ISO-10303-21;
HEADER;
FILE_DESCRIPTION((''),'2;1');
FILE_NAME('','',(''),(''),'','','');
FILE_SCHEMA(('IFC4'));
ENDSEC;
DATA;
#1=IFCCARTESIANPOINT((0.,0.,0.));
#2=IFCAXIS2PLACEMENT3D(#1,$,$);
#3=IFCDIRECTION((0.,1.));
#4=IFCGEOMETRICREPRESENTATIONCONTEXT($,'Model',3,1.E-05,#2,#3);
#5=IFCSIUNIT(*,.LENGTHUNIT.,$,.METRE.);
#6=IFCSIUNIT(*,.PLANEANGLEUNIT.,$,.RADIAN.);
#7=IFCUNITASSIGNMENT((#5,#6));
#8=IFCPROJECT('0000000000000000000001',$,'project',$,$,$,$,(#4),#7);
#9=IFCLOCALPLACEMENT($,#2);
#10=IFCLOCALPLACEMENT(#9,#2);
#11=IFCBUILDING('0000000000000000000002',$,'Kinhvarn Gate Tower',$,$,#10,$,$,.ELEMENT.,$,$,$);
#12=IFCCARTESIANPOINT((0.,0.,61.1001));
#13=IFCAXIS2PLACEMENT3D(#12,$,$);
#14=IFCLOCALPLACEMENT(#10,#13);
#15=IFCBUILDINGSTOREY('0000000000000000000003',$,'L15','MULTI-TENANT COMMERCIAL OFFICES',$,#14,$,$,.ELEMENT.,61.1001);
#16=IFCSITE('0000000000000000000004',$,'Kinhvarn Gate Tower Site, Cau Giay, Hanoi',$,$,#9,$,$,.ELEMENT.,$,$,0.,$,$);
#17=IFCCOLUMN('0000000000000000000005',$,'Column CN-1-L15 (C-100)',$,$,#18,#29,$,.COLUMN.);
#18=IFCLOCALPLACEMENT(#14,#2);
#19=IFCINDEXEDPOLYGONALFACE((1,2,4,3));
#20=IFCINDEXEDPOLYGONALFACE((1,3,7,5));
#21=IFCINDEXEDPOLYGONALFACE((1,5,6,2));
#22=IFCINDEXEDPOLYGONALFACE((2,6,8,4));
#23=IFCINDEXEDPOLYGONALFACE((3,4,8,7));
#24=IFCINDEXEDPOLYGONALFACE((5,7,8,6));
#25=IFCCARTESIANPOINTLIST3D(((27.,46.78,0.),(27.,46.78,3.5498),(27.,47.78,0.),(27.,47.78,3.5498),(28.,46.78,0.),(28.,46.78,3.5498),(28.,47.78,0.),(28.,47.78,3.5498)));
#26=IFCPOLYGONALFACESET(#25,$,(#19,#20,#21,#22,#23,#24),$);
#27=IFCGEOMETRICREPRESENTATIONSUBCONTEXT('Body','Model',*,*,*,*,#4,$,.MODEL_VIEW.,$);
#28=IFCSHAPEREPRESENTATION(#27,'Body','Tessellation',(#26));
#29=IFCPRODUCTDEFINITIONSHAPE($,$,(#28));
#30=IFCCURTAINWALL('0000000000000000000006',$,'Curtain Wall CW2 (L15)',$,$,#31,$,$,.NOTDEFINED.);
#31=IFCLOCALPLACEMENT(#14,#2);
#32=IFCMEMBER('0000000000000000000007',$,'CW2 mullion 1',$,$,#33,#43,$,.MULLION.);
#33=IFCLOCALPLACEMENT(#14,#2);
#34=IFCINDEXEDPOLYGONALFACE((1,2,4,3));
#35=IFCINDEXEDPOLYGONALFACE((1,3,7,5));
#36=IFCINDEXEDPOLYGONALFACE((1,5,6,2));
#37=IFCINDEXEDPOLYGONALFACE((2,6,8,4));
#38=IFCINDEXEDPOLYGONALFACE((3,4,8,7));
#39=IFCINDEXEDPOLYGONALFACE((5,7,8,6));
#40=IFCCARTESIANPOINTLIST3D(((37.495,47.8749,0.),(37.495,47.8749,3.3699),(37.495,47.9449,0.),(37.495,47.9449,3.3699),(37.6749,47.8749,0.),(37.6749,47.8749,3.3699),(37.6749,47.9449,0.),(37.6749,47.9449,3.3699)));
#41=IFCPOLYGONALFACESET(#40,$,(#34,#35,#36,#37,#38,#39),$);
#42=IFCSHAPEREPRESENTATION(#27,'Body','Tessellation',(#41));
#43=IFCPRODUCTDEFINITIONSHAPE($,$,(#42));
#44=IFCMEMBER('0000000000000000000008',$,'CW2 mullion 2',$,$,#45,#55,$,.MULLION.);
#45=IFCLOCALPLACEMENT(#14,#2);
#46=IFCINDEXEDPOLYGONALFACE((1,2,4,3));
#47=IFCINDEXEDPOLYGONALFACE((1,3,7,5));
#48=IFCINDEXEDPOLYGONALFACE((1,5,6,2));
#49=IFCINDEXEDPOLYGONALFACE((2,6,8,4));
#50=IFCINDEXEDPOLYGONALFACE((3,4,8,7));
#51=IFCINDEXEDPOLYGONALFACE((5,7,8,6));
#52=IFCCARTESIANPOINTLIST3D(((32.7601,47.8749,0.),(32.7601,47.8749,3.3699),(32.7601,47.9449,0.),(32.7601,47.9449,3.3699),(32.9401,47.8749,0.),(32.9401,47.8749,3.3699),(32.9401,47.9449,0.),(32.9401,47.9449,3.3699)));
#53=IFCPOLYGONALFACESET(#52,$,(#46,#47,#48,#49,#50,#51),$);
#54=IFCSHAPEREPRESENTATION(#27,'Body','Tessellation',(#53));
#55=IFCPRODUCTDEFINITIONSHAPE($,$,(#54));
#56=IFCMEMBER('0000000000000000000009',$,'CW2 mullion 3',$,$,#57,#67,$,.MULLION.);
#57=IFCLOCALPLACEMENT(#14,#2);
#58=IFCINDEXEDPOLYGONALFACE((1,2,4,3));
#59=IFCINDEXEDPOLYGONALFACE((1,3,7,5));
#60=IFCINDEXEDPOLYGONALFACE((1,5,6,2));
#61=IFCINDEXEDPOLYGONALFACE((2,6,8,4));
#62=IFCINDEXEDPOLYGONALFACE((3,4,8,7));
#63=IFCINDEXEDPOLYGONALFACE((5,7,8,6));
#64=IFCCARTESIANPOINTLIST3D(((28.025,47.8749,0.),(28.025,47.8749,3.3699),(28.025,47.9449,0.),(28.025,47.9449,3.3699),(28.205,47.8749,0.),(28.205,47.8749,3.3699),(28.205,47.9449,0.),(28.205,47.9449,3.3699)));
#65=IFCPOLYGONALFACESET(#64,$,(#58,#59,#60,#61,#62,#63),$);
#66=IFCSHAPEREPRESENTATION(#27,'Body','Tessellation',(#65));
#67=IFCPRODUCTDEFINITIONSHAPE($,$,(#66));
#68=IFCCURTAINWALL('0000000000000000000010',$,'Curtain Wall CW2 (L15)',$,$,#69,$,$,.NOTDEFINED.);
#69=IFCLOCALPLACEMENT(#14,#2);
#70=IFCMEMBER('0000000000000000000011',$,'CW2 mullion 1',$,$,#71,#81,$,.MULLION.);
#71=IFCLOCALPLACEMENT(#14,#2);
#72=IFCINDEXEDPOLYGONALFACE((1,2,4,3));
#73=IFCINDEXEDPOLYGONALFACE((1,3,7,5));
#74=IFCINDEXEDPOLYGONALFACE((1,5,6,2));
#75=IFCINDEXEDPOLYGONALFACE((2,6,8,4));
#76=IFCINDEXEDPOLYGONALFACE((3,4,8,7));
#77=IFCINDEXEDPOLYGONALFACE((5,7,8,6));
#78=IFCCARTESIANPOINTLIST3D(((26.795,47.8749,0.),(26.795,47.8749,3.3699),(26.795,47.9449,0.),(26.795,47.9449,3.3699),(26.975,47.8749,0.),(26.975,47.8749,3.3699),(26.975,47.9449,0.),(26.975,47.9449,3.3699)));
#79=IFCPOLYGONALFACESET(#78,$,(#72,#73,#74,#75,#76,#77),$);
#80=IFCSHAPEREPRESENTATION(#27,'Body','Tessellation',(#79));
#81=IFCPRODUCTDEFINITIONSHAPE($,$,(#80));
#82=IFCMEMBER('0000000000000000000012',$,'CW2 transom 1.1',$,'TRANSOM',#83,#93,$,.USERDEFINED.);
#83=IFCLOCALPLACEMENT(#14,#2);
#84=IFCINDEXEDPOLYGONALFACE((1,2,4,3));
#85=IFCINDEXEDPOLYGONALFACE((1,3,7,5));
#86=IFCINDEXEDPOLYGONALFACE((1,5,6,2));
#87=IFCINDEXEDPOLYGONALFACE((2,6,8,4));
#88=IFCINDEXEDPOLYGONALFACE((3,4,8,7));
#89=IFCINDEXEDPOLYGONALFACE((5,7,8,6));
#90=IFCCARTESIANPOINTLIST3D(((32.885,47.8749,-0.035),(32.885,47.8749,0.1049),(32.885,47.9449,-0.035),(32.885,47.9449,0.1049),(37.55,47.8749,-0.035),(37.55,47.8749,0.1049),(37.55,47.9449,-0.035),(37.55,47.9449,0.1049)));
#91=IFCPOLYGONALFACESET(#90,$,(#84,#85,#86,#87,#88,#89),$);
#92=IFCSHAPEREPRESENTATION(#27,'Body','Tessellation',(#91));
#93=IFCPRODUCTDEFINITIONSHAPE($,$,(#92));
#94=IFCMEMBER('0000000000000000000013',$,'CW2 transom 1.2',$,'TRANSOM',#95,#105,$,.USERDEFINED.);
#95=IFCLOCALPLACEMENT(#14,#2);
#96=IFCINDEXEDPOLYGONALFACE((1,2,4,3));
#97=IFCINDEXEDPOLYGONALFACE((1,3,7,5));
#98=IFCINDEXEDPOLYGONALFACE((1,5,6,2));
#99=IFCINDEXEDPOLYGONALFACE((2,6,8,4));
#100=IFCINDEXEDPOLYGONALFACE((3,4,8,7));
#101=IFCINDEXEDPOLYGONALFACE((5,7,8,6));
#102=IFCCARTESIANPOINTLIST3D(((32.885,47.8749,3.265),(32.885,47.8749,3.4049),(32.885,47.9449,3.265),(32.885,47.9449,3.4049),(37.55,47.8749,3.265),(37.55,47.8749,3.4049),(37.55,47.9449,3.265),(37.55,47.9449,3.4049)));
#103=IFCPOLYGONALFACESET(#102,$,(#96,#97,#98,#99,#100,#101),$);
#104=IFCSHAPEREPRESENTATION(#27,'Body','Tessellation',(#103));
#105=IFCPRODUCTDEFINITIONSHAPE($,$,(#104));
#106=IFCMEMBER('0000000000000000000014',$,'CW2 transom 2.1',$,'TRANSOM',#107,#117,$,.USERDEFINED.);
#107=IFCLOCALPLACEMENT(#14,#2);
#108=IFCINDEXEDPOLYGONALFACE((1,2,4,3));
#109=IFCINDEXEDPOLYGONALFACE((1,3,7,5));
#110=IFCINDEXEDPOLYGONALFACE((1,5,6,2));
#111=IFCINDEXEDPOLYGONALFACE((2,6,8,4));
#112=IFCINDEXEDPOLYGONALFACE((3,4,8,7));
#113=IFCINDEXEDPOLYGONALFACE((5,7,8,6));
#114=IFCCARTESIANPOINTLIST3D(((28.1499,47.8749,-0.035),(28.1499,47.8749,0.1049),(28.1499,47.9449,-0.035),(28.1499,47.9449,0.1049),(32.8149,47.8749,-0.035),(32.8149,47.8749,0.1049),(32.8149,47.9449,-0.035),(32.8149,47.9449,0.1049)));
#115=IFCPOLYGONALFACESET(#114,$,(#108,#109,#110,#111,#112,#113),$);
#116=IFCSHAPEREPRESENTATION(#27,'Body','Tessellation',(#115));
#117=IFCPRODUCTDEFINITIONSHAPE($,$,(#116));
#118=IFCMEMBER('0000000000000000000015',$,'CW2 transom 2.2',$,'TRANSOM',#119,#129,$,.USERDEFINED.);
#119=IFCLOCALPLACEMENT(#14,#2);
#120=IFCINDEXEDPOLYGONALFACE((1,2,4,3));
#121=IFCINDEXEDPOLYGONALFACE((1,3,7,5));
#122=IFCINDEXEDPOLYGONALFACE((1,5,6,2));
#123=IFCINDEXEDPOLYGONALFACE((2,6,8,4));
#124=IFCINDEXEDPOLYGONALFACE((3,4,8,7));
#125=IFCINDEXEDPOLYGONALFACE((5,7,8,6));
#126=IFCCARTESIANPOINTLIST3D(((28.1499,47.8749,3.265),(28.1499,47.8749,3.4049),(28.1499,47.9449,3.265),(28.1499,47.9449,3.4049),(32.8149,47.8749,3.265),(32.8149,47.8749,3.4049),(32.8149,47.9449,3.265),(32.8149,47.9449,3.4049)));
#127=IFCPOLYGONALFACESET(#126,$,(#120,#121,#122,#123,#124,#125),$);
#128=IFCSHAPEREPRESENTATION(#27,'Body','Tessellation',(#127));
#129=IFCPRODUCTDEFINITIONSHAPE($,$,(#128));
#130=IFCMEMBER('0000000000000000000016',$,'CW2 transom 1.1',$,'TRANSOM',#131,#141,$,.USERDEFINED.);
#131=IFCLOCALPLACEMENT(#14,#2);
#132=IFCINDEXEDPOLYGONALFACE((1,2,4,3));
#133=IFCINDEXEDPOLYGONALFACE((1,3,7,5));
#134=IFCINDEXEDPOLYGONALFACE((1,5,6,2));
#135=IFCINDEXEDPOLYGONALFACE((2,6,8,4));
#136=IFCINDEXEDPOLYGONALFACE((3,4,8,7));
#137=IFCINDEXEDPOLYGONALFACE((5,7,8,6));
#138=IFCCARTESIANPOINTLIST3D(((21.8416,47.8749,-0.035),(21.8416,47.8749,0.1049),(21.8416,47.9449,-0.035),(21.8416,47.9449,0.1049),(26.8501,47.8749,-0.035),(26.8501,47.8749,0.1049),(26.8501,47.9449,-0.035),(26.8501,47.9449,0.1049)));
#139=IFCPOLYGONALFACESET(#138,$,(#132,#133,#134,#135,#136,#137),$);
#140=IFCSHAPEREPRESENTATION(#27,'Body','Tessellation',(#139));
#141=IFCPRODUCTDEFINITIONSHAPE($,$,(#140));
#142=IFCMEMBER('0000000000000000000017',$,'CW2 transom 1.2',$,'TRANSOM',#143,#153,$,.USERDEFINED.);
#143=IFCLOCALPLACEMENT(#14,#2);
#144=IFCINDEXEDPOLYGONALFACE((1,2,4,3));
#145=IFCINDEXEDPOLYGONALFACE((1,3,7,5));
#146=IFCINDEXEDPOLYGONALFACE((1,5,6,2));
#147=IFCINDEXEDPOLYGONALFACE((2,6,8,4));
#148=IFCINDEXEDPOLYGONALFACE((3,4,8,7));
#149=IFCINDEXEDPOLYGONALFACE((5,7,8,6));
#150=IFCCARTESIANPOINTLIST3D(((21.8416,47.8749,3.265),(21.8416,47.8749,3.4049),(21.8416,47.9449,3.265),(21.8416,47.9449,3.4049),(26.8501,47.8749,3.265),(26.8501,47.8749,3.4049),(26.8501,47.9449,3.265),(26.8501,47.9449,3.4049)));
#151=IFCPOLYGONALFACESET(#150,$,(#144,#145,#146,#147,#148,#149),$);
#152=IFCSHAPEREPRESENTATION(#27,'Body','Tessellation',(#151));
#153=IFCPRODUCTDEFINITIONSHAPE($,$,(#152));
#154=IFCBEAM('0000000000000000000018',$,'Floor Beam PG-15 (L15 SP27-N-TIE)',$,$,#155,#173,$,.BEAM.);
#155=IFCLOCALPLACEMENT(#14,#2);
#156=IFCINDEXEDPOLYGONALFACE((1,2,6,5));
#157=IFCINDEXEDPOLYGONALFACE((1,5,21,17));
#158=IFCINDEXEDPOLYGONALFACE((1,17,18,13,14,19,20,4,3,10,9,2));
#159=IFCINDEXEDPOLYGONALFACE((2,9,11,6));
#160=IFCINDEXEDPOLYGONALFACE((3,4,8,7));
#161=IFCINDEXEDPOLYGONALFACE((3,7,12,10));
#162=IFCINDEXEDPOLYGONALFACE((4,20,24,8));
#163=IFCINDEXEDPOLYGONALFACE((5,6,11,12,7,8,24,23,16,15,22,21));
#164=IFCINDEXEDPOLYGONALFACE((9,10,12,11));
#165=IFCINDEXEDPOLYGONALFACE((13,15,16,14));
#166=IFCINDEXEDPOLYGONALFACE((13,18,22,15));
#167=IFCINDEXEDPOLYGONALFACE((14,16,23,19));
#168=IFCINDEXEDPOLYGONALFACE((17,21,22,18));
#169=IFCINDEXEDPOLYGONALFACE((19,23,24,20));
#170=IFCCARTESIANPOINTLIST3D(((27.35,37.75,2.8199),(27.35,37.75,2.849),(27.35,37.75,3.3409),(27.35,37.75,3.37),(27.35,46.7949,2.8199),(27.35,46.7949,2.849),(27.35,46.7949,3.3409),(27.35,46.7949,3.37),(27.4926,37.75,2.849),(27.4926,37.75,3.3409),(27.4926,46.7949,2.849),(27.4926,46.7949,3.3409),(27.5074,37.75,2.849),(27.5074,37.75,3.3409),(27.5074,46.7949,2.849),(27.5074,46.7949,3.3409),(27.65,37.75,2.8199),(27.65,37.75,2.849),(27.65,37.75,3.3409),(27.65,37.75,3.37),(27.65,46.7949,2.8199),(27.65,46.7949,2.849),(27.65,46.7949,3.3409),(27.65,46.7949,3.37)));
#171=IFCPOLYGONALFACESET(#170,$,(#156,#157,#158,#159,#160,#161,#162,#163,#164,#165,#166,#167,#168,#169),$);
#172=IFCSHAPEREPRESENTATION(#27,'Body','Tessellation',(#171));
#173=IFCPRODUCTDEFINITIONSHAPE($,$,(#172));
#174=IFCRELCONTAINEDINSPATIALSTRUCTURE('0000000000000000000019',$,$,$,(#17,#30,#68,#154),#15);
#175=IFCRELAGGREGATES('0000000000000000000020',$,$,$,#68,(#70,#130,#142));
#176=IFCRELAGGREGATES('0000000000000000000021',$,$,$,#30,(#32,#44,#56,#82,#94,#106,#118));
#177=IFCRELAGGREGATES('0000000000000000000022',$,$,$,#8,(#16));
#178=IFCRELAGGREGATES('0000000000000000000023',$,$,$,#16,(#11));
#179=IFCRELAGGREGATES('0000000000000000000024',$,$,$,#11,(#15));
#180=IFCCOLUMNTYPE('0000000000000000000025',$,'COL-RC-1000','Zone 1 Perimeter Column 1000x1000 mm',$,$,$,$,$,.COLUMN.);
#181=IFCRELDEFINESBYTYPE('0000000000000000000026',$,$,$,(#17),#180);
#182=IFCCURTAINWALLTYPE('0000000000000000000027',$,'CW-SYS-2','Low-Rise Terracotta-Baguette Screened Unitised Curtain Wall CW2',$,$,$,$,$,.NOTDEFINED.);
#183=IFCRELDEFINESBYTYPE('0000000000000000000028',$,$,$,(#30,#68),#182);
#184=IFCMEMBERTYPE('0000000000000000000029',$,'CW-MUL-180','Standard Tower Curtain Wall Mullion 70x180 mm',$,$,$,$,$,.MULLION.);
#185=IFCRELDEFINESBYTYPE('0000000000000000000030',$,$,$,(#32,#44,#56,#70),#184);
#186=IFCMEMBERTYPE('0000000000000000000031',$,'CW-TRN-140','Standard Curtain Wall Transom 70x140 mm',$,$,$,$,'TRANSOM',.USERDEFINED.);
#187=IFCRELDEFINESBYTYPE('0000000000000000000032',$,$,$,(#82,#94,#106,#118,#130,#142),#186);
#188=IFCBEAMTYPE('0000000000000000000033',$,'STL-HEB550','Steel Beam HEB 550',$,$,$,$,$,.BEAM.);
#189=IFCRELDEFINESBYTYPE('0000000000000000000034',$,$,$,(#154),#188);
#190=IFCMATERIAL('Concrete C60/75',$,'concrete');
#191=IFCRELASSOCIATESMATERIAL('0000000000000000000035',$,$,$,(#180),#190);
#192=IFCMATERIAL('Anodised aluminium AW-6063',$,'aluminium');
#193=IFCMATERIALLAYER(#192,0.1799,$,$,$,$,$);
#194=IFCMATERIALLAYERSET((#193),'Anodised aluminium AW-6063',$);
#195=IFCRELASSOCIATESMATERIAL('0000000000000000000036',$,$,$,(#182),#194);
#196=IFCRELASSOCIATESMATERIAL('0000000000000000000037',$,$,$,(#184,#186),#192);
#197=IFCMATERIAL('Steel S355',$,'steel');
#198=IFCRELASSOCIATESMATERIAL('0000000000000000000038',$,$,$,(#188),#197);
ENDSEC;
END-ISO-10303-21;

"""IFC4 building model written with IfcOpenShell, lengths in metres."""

from ifc_helpers import new_model, si_unit, direction, frame, origin, origin_2d, place, context, subcontext, project, spatial, rectangle, i_section, extrude, material, layer, layer_set, material_profile, profile_set, type_object, element, aggregate, save


model = new_model("IFC4")

# Units and contexts
model_context = context("Model", 3, precision=1e-05, world=origin(), true_north=direction((0.0, 1.0)))
body_context = subcontext(model_context, "Body", "Model", "MODEL_VIEW")
ifc_project = project(units=[si_unit("LENGTHUNIT", "METRE"), si_unit("PLANEANGLEUNIT", "RADIAN")], contexts=[model_context])

# Site, building, storey
site_placement = place(None, origin())
site = spatial("IfcSite", under=ifc_project, at=site_placement, Name="Kinhvarn Gate Tower Site, Cau Giay, Hanoi", CompositionType="ELEMENT", RefElevation=0.0)
building_placement = place(site_placement, origin())
building = spatial("IfcBuilding", under=site, at=building_placement, Name="Kinhvarn Gate Tower", CompositionType="ELEMENT")
storey_placement = place(building_placement, frame((0.0, 0.0, 61.1001)))
storey = spatial("IfcBuildingStorey", under=building, at=storey_placement, Name="L15", Description="MULTI-TENANT COMMERCIAL OFFICES", CompositionType="ELEMENT", Elevation=61.1001)

# Column
ifc_material_1 = material(Name="Concrete C60/75", Category="concrete")
ifc_material_profile_1 = material_profile(ifc_material_1, rectangle(XDim=1.0, YDim=1.0, at=origin_2d()), Name="RC 1000x1000")
ifc_profile_set_1 = profile_set([ifc_material_profile_1], Name="Concrete C60/75")
column_type = type_object("IfcColumnType", Name="COL-RC-1000", Description="Zone 1 Perimeter Column 1000x1000 mm", PredefinedType="COLUMN", material=ifc_profile_set_1)
column_placement = place(storey_placement, frame((27.5, 47.28, 0.0), z_axis=(0.0, 0.0, 1.0), x_axis=(1.0, 0.0, 0.0)))
element("IfcColumn", 1, at=column_placement, inside=storey, type_object=column_type, Name="Column CN-1-L15 (C-100)", PredefinedType="COLUMN", context=body_context, shape_type="SweptSolid", body=[
    extrude(rectangle(XDim=1.0, YDim=1.0, at=origin_2d()), origin(), (0.0, 0.0, 1.0), 3.5498),
])

# Curtain wall, members
ifc_material_2 = material(Name="Anodised aluminium AW-6063", Category="aluminium")
ifc_layer_1 = layer(ifc_material_2, 0.1799)
ifc_layer_set_1 = layer_set([ifc_layer_1], Name="Anodised aluminium AW-6063")
curtain_wall_type = type_object("IfcCurtainWallType", Name="CW-SYS-2", Description="Low-Rise Terracotta-Baguette Screened Unitised Curtain Wall CW2", PredefinedType="NOTDEFINED", material=ifc_layer_set_1)
curtain_wall_1_placement = place(storey_placement, origin())
curtain_wall_1 = element("IfcCurtainWall", 2, at=curtain_wall_1_placement, inside=storey, type_object=curtain_wall_type, Name="Curtain Wall CW2 (L15)", PredefinedType="NOTDEFINED")
ifc_material_profile_2 = material_profile(ifc_material_2, rectangle(XDim=0.0701, YDim=0.1799, at=origin_2d()), Name="ALU 70x180")
ifc_profile_set_2 = profile_set([ifc_material_profile_2], Name="Anodised aluminium AW-6063")
member_type_1 = type_object("IfcMemberType", Name="CW-MUL-180", Description="Standard Tower Curtain Wall Mullion 70x180 mm", PredefinedType="MULLION", material=ifc_profile_set_2)
member_1_placement = place(storey_placement, frame((37.585, 47.9099, 0.0), z_axis=(0.0, 0.0, 1.0), x_axis=(0.0, -1.0, 0.0)))
member_1 = element("IfcMember", 3, at=member_1_placement, type_object=member_type_1, Name="CW2 mullion 1", PredefinedType="MULLION", context=body_context, shape_type="SweptSolid", body=[
    extrude(rectangle(XDim=0.0701, YDim=0.1799, at=origin_2d()), origin(), (0.0, 0.0, 1.0), 3.3699),
])
member_2_placement = place(storey_placement, frame((32.8501, 47.9099, 0.0), z_axis=(0.0, 0.0, 1.0), x_axis=(0.0, -1.0, 0.0)))
member_2 = element("IfcMember", 4, at=member_2_placement, type_object=member_type_1, Name="CW2 mullion 2", PredefinedType="MULLION", context=body_context, shape_type="SweptSolid", body=[
    extrude(rectangle(XDim=0.0701, YDim=0.1799, at=origin_2d()), origin(), (0.0, 0.0, 1.0), 3.3699),
])
member_3_placement = place(storey_placement, frame((28.115, 47.9099, 0.0), z_axis=(0.0, 0.0, 1.0), x_axis=(0.0, -1.0, 0.0)))
member_3 = element("IfcMember", 5, at=member_3_placement, type_object=member_type_1, Name="CW2 mullion 3", PredefinedType="MULLION", context=body_context, shape_type="SweptSolid", body=[
    extrude(rectangle(XDim=0.0701, YDim=0.1799, at=origin_2d()), origin(), (0.0, 0.0, 1.0), 3.3699),
])

# Curtain wall, member
curtain_wall_2_placement = place(storey_placement, origin())
curtain_wall_2 = element("IfcCurtainWall", 6, at=curtain_wall_2_placement, inside=storey, type_object=curtain_wall_type, Name="Curtain Wall CW2 (L15)", PredefinedType="NOTDEFINED")
member_4_placement = place(storey_placement, frame((26.885, 47.9099, 0.0), z_axis=(0.0, 0.0, 1.0), x_axis=(0.0, -1.0, 0.0)))
member_4 = element("IfcMember", 7, at=member_4_placement, type_object=member_type_1, Name="CW2 mullion 1", PredefinedType="MULLION", context=body_context, shape_type="SweptSolid", body=[
    extrude(rectangle(XDim=0.0701, YDim=0.1799, at=origin_2d()), origin(), (0.0, 0.0, 1.0), 3.3699),
])

# Members
ifc_material_profile_3 = material_profile(ifc_material_2, rectangle(XDim=0.0701, YDim=0.1399, at=origin_2d()), Name="ALU 70x140")
ifc_profile_set_3 = profile_set([ifc_material_profile_3], Name="Anodised aluminium AW-6063")
member_type_2 = type_object("IfcMemberType", Name="CW-TRN-140", Description="Standard Curtain Wall Transom 70x140 mm", ElementType="TRANSOM", PredefinedType="USERDEFINED", material=ifc_profile_set_3)
member_5_placement = place(storey_placement, frame((37.55, 47.9099, 0.0349), z_axis=(-1.0, 0.0, 0.0), x_axis=(0.0, -1.0, 0.0)))
member_5 = element("IfcMember", 8, at=member_5_placement, type_object=member_type_2, Name="CW2 transom 1.1", ObjectType="TRANSOM", PredefinedType="USERDEFINED", context=body_context, shape_type="SweptSolid", body=[
    extrude(rectangle(XDim=0.0701, YDim=0.1399, at=origin_2d()), origin(), (0.0, 0.0, 1.0), 4.665),
])
member_6_placement = place(storey_placement, frame((37.55, 47.9099, 3.335), z_axis=(-1.0, 0.0, 0.0), x_axis=(0.0, -1.0, 0.0)))
member_6 = element("IfcMember", 9, at=member_6_placement, type_object=member_type_2, Name="CW2 transom 1.2", ObjectType="TRANSOM", PredefinedType="USERDEFINED", context=body_context, shape_type="SweptSolid", body=[
    extrude(rectangle(XDim=0.0701, YDim=0.1399, at=origin_2d()), origin(), (0.0, 0.0, 1.0), 4.665),
])
member_7_placement = place(storey_placement, frame((32.8149, 47.9099, 0.0349), z_axis=(-1.0, 0.0, 0.0), x_axis=(0.0, -1.0, 0.0)))
member_7 = element("IfcMember", 10, at=member_7_placement, type_object=member_type_2, Name="CW2 transom 2.1", ObjectType="TRANSOM", PredefinedType="USERDEFINED", context=body_context, shape_type="SweptSolid", body=[
    extrude(rectangle(XDim=0.0701, YDim=0.1399, at=origin_2d()), origin(), (0.0, 0.0, 1.0), 4.665),
])
member_8_placement = place(storey_placement, frame((32.8149, 47.9099, 3.335), z_axis=(-1.0, 0.0, 0.0), x_axis=(0.0, -1.0, 0.0)))
member_8 = element("IfcMember", 11, at=member_8_placement, type_object=member_type_2, Name="CW2 transom 2.2", ObjectType="TRANSOM", PredefinedType="USERDEFINED", context=body_context, shape_type="SweptSolid", body=[
    extrude(rectangle(XDim=0.0701, YDim=0.1399, at=origin_2d()), origin(), (0.0, 0.0, 1.0), 4.665),
])
member_9_placement = place(storey_placement, frame((26.8501, 47.9099, 0.0349), z_axis=(-1.0, 0.0, 0.0), x_axis=(0.0, -1.0, 0.0)))
member_9 = element("IfcMember", 12, at=member_9_placement, type_object=member_type_2, Name="CW2 transom 1.1", ObjectType="TRANSOM", PredefinedType="USERDEFINED", context=body_context, shape_type="SweptSolid", body=[
    extrude(rectangle(XDim=0.0701, YDim=0.1399, at=origin_2d()), origin(), (0.0, 0.0, 1.0), 5.0085),
])
member_10_placement = place(storey_placement, frame((26.8501, 47.9099, 3.335), z_axis=(-1.0, 0.0, 0.0), x_axis=(0.0, -1.0, 0.0)))
member_10 = element("IfcMember", 13, at=member_10_placement, type_object=member_type_2, Name="CW2 transom 1.2", ObjectType="TRANSOM", PredefinedType="USERDEFINED", context=body_context, shape_type="SweptSolid", body=[
    extrude(rectangle(XDim=0.0701, YDim=0.1399, at=origin_2d()), origin(), (0.0, 0.0, 1.0), 5.0085),
])
aggregate(curtain_wall_2, [member_4, member_9, member_10])

# Beam
ifc_material_3 = material(Name="Steel S355", Category="steel")
ifc_material_profile_4 = material_profile(ifc_material_3, i_section(OverallWidth=0.3, OverallDepth=0.55, WebThickness=0.0149, FlangeThickness=0.0291, at=origin_2d()), Name="HEB 550")
ifc_profile_set_4 = profile_set([ifc_material_profile_4], Name="Steel S355")
beam_type_1 = type_object("IfcBeamType", Name="STL-HEB550", Description="Steel Beam HEB 550", PredefinedType="BEAM", material=ifc_profile_set_4)
beam_1_placement = place(storey_placement, frame((27.5, 37.75, 3.095), z_axis=(0.0, 1.0, 0.0), x_axis=(-1.0, 0.0, 0.0)))
element("IfcBeam", 14, at=beam_1_placement, inside=storey, type_object=beam_type_1, Name="Floor Beam PG-15 (L15 SP27-N-TIE)", PredefinedType="BEAM", context=body_context, shape_type="SweptSolid", body=[
    extrude(i_section(OverallWidth=0.3, OverallDepth=0.55, WebThickness=0.0149, FlangeThickness=0.0291, at=origin_2d()), origin(), (0.0, 0.0, 1.0), 9.0449),
])

aggregate(curtain_wall_1, [member_1, member_2, member_3, member_5, member_6, member_7, member_8])

save(model, "model.ifc")
